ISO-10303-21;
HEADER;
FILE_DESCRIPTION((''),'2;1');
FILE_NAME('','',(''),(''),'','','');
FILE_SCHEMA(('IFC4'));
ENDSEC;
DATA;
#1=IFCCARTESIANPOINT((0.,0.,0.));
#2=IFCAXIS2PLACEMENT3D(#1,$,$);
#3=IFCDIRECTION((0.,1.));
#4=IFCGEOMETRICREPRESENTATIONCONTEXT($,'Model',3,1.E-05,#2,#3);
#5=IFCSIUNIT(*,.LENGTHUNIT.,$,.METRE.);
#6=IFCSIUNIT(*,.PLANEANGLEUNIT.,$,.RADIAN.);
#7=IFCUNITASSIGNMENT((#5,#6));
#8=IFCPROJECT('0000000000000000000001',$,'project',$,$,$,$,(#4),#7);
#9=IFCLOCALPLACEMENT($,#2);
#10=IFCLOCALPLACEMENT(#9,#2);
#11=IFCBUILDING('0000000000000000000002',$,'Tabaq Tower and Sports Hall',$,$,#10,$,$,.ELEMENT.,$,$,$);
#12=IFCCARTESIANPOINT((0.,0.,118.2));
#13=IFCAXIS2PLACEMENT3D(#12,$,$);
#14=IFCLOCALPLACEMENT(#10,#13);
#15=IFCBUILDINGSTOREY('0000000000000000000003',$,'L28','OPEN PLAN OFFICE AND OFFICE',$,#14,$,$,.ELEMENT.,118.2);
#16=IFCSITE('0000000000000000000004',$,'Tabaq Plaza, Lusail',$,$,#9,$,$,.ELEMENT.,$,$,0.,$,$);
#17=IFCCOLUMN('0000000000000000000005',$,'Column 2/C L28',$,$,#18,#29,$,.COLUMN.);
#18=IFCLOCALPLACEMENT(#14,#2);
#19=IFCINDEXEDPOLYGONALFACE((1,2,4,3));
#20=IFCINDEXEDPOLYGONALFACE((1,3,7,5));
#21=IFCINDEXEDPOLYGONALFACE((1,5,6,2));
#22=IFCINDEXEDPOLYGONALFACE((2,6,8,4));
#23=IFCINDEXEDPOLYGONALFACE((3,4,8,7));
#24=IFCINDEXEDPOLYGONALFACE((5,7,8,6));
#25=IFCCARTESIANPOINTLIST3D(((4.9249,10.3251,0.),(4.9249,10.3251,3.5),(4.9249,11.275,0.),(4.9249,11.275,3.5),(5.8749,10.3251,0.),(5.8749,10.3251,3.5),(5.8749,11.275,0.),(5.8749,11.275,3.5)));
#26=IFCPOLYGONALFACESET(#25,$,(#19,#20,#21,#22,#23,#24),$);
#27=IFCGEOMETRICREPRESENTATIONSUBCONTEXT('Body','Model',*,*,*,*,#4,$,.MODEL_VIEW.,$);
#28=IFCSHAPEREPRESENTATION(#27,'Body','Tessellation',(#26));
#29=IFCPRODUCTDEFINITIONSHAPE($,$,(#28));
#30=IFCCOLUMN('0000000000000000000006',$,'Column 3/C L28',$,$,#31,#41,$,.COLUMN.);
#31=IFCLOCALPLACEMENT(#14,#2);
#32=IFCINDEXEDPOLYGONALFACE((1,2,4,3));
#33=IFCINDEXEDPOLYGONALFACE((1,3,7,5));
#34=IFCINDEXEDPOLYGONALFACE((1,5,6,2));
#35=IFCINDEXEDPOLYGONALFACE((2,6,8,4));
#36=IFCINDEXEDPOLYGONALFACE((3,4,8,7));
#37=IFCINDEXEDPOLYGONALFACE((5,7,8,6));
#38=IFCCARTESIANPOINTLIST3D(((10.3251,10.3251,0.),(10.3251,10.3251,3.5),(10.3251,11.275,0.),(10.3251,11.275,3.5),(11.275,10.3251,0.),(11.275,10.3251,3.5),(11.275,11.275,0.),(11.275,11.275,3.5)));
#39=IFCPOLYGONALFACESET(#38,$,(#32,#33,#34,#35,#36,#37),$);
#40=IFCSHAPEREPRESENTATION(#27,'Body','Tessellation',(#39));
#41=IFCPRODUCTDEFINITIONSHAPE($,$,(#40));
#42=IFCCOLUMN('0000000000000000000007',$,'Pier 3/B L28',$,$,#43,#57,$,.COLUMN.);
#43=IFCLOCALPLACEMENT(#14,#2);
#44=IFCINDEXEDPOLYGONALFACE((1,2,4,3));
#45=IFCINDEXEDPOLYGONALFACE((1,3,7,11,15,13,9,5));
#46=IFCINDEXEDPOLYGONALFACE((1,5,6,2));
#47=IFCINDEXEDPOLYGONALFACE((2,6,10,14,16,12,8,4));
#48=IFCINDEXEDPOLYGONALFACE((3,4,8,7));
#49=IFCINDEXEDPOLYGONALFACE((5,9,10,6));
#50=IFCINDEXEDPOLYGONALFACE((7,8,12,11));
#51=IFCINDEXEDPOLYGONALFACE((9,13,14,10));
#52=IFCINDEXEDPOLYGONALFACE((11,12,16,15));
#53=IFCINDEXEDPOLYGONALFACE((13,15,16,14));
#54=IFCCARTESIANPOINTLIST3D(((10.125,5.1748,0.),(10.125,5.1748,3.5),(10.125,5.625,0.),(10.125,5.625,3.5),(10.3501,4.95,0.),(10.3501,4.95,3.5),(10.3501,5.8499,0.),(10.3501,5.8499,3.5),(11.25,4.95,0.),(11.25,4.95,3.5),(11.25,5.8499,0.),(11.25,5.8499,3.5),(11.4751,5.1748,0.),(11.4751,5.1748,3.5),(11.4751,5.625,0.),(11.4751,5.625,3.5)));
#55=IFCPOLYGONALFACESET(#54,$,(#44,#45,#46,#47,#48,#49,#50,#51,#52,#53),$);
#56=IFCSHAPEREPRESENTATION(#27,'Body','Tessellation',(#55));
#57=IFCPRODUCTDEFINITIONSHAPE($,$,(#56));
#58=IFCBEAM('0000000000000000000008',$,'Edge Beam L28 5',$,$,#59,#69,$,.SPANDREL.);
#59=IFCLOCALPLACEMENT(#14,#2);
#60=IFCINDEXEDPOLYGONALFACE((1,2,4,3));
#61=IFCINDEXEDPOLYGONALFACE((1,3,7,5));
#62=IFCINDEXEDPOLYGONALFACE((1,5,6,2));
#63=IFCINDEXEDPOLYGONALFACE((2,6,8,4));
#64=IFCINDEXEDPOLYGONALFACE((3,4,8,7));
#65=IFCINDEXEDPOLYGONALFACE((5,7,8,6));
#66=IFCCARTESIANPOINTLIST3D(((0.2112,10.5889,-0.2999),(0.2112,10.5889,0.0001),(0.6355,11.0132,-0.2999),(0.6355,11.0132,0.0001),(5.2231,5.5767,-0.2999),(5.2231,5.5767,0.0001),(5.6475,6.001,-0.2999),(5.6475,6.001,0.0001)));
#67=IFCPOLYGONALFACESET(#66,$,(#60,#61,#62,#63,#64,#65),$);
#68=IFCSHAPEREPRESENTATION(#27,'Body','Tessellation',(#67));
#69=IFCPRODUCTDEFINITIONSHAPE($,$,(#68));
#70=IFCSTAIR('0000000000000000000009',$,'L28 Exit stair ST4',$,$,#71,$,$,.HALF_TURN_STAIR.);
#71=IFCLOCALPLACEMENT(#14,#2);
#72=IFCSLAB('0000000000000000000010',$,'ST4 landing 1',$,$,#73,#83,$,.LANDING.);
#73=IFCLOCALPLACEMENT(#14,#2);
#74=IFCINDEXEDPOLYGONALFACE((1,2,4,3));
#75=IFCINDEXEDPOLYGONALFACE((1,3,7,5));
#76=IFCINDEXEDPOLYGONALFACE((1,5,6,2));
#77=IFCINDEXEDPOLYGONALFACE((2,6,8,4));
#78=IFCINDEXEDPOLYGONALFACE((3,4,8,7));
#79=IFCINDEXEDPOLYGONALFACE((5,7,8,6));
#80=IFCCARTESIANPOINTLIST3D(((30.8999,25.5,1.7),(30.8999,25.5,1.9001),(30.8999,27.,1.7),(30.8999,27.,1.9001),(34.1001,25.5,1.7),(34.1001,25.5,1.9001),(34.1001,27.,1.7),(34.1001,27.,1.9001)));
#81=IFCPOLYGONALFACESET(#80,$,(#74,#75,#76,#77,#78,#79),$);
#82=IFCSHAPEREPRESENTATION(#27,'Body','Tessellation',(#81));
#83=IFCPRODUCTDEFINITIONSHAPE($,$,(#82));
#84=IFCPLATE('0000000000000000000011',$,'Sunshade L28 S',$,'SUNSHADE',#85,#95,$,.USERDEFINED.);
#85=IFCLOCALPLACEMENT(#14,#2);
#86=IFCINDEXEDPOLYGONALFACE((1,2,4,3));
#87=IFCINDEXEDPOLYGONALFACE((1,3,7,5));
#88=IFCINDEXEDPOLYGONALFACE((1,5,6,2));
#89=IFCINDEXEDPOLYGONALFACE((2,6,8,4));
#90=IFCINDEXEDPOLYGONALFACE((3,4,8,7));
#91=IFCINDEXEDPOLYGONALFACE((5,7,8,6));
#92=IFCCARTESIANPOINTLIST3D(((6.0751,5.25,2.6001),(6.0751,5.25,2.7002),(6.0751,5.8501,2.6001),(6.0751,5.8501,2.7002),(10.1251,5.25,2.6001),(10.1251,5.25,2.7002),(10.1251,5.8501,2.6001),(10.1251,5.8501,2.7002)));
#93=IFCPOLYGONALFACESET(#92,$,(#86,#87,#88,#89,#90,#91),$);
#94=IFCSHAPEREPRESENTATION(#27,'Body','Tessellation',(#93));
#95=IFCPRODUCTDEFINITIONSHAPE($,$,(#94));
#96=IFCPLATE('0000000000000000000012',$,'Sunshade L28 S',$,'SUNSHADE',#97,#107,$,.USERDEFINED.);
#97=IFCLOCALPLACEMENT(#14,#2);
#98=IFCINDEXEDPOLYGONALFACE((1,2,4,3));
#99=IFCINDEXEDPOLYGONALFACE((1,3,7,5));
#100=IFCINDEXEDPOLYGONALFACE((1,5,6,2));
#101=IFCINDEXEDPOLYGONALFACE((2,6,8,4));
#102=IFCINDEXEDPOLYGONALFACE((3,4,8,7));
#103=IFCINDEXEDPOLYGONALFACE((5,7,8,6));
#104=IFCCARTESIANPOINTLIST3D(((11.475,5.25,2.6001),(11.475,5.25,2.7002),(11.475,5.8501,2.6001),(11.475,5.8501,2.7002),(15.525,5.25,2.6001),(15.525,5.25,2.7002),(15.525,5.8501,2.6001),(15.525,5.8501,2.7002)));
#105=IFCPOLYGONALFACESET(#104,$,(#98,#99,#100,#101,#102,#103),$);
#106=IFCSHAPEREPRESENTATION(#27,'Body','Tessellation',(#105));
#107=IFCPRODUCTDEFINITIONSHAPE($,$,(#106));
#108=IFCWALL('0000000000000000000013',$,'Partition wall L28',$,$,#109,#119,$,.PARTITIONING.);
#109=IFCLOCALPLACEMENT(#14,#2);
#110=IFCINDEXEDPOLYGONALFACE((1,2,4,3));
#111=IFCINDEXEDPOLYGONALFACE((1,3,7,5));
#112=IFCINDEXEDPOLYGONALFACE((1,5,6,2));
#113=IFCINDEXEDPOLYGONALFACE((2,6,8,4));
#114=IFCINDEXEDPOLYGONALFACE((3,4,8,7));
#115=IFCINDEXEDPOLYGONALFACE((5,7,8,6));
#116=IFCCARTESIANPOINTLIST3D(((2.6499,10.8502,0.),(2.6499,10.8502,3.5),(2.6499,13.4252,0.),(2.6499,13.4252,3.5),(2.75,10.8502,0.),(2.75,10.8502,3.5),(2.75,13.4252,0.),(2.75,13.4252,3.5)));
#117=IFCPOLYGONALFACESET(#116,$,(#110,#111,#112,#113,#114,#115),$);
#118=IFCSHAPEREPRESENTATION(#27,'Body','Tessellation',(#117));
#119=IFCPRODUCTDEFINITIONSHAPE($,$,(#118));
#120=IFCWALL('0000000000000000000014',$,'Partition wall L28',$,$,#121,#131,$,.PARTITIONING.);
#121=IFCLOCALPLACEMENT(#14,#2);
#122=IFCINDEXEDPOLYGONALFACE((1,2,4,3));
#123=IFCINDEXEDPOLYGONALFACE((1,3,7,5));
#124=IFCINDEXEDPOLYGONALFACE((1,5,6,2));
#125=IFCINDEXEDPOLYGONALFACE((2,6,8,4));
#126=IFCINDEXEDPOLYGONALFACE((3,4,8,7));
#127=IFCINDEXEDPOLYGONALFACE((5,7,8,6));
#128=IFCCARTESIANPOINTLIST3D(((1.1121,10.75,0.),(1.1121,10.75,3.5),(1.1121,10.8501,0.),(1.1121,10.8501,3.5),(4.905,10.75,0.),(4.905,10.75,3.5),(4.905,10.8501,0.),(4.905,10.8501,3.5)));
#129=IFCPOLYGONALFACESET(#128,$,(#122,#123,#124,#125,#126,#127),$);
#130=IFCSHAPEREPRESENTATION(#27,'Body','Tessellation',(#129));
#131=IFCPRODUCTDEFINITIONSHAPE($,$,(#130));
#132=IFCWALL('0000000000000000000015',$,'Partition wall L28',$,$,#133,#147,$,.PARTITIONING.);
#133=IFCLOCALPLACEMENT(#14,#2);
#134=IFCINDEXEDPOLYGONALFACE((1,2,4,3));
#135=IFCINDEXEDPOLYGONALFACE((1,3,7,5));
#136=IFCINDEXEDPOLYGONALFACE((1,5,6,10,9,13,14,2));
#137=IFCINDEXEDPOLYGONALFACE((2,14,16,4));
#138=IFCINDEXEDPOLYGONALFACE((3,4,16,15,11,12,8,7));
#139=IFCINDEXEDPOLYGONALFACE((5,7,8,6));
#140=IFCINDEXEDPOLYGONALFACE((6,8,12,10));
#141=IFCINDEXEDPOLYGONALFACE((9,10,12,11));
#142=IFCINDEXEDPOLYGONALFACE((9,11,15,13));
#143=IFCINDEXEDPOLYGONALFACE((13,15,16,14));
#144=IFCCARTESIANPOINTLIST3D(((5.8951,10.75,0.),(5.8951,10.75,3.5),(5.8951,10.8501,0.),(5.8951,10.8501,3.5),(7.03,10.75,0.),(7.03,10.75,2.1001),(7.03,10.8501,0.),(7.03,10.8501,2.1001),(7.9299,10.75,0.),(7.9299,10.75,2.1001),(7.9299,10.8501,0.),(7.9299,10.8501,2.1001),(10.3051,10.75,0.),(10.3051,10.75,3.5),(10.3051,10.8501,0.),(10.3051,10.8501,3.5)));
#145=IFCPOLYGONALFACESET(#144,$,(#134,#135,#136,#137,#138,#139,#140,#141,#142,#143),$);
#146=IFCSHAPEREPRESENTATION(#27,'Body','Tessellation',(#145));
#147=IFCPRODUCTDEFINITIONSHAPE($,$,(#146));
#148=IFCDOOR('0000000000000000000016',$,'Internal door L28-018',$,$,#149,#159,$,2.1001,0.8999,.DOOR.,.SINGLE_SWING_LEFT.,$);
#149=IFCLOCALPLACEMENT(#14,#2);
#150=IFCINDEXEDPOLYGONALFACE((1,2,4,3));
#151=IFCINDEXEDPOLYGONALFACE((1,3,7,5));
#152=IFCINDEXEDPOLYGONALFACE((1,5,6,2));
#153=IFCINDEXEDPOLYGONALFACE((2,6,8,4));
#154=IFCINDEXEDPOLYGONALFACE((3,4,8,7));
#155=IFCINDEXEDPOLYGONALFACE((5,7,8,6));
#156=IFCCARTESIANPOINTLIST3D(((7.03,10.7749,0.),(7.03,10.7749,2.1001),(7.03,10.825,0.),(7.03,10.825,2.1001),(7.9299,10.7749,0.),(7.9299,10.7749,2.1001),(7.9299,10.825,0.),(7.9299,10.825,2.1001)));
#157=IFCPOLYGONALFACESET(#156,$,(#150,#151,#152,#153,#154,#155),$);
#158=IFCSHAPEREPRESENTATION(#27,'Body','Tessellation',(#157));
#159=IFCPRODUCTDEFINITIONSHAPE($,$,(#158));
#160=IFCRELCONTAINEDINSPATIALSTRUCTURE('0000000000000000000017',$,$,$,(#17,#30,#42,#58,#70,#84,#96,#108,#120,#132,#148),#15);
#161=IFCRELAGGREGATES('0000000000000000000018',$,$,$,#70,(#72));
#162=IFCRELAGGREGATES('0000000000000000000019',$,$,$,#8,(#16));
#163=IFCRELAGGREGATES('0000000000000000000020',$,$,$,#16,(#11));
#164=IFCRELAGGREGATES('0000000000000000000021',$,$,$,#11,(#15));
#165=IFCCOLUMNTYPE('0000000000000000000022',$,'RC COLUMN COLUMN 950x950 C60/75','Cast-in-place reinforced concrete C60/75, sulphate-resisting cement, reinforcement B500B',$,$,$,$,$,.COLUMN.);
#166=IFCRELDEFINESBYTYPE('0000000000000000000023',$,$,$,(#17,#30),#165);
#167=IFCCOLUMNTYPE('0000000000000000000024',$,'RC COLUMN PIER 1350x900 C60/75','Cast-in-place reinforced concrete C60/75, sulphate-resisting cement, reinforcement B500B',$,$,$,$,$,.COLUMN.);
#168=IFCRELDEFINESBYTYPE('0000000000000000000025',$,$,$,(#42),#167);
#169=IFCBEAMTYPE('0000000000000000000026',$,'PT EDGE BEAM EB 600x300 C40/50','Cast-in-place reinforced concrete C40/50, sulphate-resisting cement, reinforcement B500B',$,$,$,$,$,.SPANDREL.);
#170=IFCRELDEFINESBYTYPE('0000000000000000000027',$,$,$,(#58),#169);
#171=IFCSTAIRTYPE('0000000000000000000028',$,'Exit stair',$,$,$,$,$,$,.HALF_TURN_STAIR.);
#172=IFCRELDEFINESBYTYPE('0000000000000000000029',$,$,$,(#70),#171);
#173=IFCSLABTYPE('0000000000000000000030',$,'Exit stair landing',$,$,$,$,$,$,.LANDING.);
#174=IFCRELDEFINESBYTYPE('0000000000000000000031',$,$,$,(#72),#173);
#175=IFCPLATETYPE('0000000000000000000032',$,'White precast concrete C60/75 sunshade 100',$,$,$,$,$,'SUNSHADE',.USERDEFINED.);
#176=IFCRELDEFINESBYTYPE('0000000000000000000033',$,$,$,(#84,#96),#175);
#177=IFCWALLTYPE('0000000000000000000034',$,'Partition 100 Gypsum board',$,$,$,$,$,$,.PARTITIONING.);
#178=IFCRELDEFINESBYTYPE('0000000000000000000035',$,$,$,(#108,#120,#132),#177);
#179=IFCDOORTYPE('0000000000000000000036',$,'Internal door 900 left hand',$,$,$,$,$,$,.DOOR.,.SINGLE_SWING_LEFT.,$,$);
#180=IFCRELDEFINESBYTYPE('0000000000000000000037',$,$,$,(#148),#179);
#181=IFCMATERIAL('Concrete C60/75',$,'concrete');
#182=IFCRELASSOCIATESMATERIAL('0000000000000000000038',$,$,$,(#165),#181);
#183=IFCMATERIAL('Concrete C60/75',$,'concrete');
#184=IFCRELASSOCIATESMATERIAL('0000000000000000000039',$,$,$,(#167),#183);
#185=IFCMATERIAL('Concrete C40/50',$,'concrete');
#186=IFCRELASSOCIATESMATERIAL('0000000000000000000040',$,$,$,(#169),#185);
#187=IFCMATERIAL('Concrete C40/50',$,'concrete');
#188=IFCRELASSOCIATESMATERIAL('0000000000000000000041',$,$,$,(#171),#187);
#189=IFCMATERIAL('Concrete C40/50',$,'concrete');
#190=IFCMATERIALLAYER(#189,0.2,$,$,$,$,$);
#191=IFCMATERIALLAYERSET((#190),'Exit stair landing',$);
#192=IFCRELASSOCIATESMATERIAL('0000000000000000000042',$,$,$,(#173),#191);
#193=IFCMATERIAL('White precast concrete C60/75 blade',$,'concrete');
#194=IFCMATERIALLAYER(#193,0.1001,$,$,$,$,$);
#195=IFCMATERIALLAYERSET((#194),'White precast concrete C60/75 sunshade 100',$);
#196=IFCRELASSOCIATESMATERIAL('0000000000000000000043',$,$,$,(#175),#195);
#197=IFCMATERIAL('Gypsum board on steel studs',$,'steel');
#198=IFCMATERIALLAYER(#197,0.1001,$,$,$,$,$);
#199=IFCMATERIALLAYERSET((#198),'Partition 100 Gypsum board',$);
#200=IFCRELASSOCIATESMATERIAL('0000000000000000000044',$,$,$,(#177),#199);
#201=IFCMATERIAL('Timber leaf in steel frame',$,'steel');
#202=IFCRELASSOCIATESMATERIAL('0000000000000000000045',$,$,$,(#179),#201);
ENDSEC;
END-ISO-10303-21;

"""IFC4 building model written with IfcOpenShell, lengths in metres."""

from ifc_helpers import new_model, si_unit, direction, frame, frame_2d, origin, origin_2d, place, context, subcontext, project, spatial, polyline, rectangle, outline, extrude, material, layer, layer_set, material_profile, profile_set, type_object, element, fill, aggregate, save


model = new_model("IFC4")

# Units and contexts
model_context = context("Model", 3, precision=1e-05, world=origin(), true_north=direction((0.0, 1.0)))
body_context = subcontext(model_context, "Body", "Model", "MODEL_VIEW")
ifc_project = project(units=[si_unit("LENGTHUNIT", "METRE"), si_unit("PLANEANGLEUNIT", "RADIAN")], contexts=[model_context])

# Site, building, storey
site_placement = place(None, origin())
site = spatial("IfcSite", under=ifc_project, at=site_placement, Name="Tabaq Plaza, Lusail", CompositionType="ELEMENT", RefElevation=0.0)
building_placement = place(site_placement, origin())
building = spatial("IfcBuilding", under=site, at=building_placement, Name="Tabaq Tower and Sports Hall", CompositionType="ELEMENT")
storey_placement = place(building_placement, frame((0.0, 0.0, 118.2)))
storey = spatial("IfcBuildingStorey", under=building, at=storey_placement, Name="L28", Description="OPEN PLAN OFFICE AND OFFICE", CompositionType="ELEMENT", Elevation=118.2)

# Columns
ifc_material_1 = material(Name="Concrete C60/75", Category="concrete")
ifc_material_profile_1 = material_profile(ifc_material_1, rectangle(XDim=0.95, YDim=0.95, at=origin_2d()), Name="COLUMN 950x950")
ifc_profile_set_1 = profile_set([ifc_material_profile_1], Name="Concrete C60/75")
column_type_1 = type_object("IfcColumnType", Name="RC COLUMN COLUMN 950x950 C60/75", Description="Cast-in-place reinforced concrete C60/75, sulphate-resisting cement, reinforcement B500B", PredefinedType="COLUMN", material=ifc_profile_set_1)
for number, where, z_axis, x_axis, name in (
    (1, (5.3999, 10.8, 0.0), (0.0, 0.0, 1.0), (1.0, 0.0, 0.0), "Column 2/C L28"),
    (2, (10.8, 10.8, 0.0), (0.0, 0.0, 1.0), (1.0, 0.0, 0.0), "Column 3/C L28"),
):
    element("IfcColumn", number, at=place(storey_placement, frame(where, z_axis=z_axis, x_axis=x_axis)), inside=storey, type_object=column_type_1, Name=name, PredefinedType="COLUMN", context=body_context, shape_type="SweptSolid", body=[
        extrude(rectangle(XDim=0.95, YDim=0.95, at=origin_2d()), origin(), (0.0, 0.0, 1.0), 3.5),
    ])
ifc_material_2 = material(Name="Concrete C60/75", Category="concrete")
ifc_material_profile_2 = material_profile(ifc_material_2, outline(polyline([(-0.45, -0.45), (0.45, -0.45), (0.675, -0.2251), (0.675, 0.2251), (0.45, 0.45), (-0.45, 0.45), (-0.675, 0.2251), (-0.675, -0.2251), (-0.45, -0.45)])), Name="PIER 1350x900")
ifc_profile_set_2 = profile_set([ifc_material_profile_2], Name="Concrete C60/75")
column_type_2 = type_object("IfcColumnType", Name="RC COLUMN PIER 1350x900 C60/75", Description="Cast-in-place reinforced concrete C60/75, sulphate-resisting cement, reinforcement B500B", PredefinedType="COLUMN", material=ifc_profile_set_2)
column_placement = place(storey_placement, frame((10.8, 5.3999, 0.0), z_axis=(0.0, 0.0, 1.0), x_axis=(1.0, 0.0, 0.0)))
element("IfcColumn", 3, at=column_placement, inside=storey, type_object=column_type_2, Name="Pier 3/B L28", PredefinedType="COLUMN", context=body_context, shape_type="SweptSolid", body=[
    extrude(outline(polyline([(-0.45, -0.45), (0.45, -0.45), (0.675, -0.2251), (0.675, 0.2251), (0.45, 0.45), (-0.45, 0.45), (-0.675, 0.2251), (-0.675, -0.2251), (-0.45, -0.45)])), origin(), (0.0, 0.0, 1.0), 3.5),
])

# Beam
ifc_material_3 = material(Name="Concrete C40/50", Category="concrete")
ifc_material_profile_3 = material_profile(ifc_material_3, rectangle(XDim=0.6001, YDim=0.3, at=origin_2d()), Name="EB 600x300")
ifc_profile_set_3 = profile_set([ifc_material_profile_3], Name="Concrete C40/50")
beam_type = type_object("IfcBeamType", Name="PT EDGE BEAM EB 600x300 C40/50", Description="Cast-in-place reinforced concrete C40/50, sulphate-resisting cement, reinforcement B500B", PredefinedType="SPANDREL", material=ifc_profile_set_3)
beam_placement = place(storey_placement, frame((0.4233, 10.801, -0.1499), z_axis=(0.70709, -0.707124, 0.0), x_axis=(0.707124, 0.70709, 0.0)))
element("IfcBeam", 4, at=beam_placement, inside=storey, type_object=beam_type, Name="Edge Beam L28 5", PredefinedType="SPANDREL", context=body_context, shape_type="SweptSolid", body=[
    extrude(rectangle(XDim=0.6001, YDim=0.3, at=origin_2d()), origin(), (0.0, 0.0, 1.0), 7.0881),
])

# Stair, slab
ifc_material_4 = material(Name="Concrete C40/50", Category="concrete")
stair_type = type_object("IfcStairType", Name="Exit stair", PredefinedType="HALF_TURN_STAIR", material=ifc_material_4)
stair_placement = place(storey_placement, origin())
stair = element("IfcStair", 5, at=stair_placement, inside=storey, type_object=stair_type, Name="L28 Exit stair ST4", PredefinedType="HALF_TURN_STAIR")
ifc_material_5 = material(Name="Concrete C40/50", Category="concrete")
ifc_layer_1 = layer(ifc_material_5, 0.2)
ifc_layer_set_1 = layer_set([ifc_layer_1], Name="Exit stair landing")
slab_type = type_object("IfcSlabType", Name="Exit stair landing", PredefinedType="LANDING", material=ifc_layer_set_1)
slab_placement = place(storey_placement, frame((0.0, 0.0, 1.7)))
slab = element("IfcSlab", 6, at=slab_placement, type_object=slab_type, Name="ST4 landing 1", PredefinedType="LANDING", context=body_context, shape_type="SweptSolid", body=[
    extrude(outline(polyline([(30.8999, 27.0), (30.8999, 25.5), (34.1001, 25.5), (34.1001, 27.0), (30.8999, 27.0)])), origin(), (0.0, 0.0, 1.0), 0.2002),
])
aggregate(stair, [slab])

# Plates
ifc_material_6 = material(Name="White precast concrete C60/75 blade", Category="concrete")
ifc_layer_2 = layer(ifc_material_6, 0.1001)
ifc_layer_set_2 = layer_set([ifc_layer_2], Name="White precast concrete C60/75 sunshade 100")
plate_type = type_object("IfcPlateType", Name="White precast concrete C60/75 sunshade 100", ElementType="SUNSHADE", PredefinedType="USERDEFINED", material=ifc_layer_set_2)
for number, where, z_axis, x_axis, name in (
    (7, (8.1001, 5.55, 2.6001), (0.0, 0.0, 1.0), (1.0, 0.0, 0.0), "Sunshade L28 S"),
    (8, (13.5, 5.55, 2.6001), (0.0, 0.0, 1.0), (1.0, 0.0, 0.0), "Sunshade L28 S"),
):
    element("IfcPlate", number, at=place(storey_placement, frame(where, z_axis=z_axis, x_axis=x_axis)), inside=storey, type_object=plate_type, Name=name, ObjectType="SUNSHADE", PredefinedType="USERDEFINED", context=body_context, shape_type="SweptSolid", body=[
        extrude(rectangle(XDim=4.05, YDim=0.6001, at=origin_2d()), origin(), (0.0, 0.0, 1.0), 0.1001),
    ])

# Walls
ifc_material_7 = material(Name="Gypsum board on steel studs", Category="steel")
ifc_layer_3 = layer(ifc_material_7, 0.1001)
ifc_layer_set_3 = layer_set([ifc_layer_3], Name="Partition 100 Gypsum board")
wall_type_1 = type_object("IfcWallType", Name="Partition 100 Gypsum board", PredefinedType="PARTITIONING", material=ifc_layer_set_3)
wall_1_placement = place(storey_placement, frame((2.7, 10.8501, 0.0), z_axis=(0.0, 0.0, 1.0), x_axis=(0.0, 1.0, 0.0)))
element("IfcWall", 9, at=wall_1_placement, inside=storey, type_object=wall_type_1, Name="Partition wall L28", PredefinedType="PARTITIONING", context=body_context, shape_type="SweptSolid", body=[
    extrude(rectangle(XDim=2.575, YDim=0.1001, at=frame_2d((1.2876, 0.0))), origin(), (0.0, 0.0, 1.0), 3.5),
])
wall_2_placement = place(storey_placement, frame((1.1121, 10.8, 0.0), z_axis=(0.0, 0.0, 1.0), x_axis=(1.0, 0.0, 0.0)))
element("IfcWall", 10, at=wall_2_placement, inside=storey, type_object=wall_type_1, Name="Partition wall L28", PredefinedType="PARTITIONING", context=body_context, shape_type="SweptSolid", body=[
    extrude(rectangle(XDim=3.793, YDim=0.1001, at=frame_2d((1.8965, 0.0))), origin(), (0.0, 0.0, 1.0), 3.5),
])

# Wall, opening, door
wall_3_placement = place(storey_placement, frame((5.895, 10.8, 0.0), z_axis=(0.0, 0.0, 1.0), x_axis=(1.0, 0.0, 0.0)))
wall_3 = element("IfcWall", 11, at=wall_3_placement, inside=storey, type_object=wall_type_1, Name="Partition wall L28", PredefinedType="PARTITIONING", context=body_context, shape_type="SweptSolid", body=[
    extrude(rectangle(XDim=4.4099, YDim=0.1001, at=frame_2d((2.2051, 0.0))), origin(), (0.0, 0.0, 1.0), 3.5),
])
opening_1_placement = place(wall_3_placement, frame((1.135, 0.0, 0.0)))
opening_1 = element("IfcOpeningElement", 12, at=opening_1_placement, cuts=wall_3, PredefinedType="OPENING", context=body_context, shape_type="SweptSolid", body=[
    extrude(rectangle(XDim=0.8999, YDim=2.1001, at=frame_2d((0.45, 1.05))), frame((0.0, 0.05, 0.0), z_axis=(0.0, -1.0, 0.0), x_axis=(1.0, 0.0, 0.0)), (0.0, 0.0, 1.0), 0.1001),
])
ifc_material_8 = material(Name="Timber leaf in steel frame", Category="steel")
door_type = type_object("IfcDoorType", Name="Internal door 900 left hand", OperationType="SINGLE_SWING_LEFT", PredefinedType="DOOR", material=ifc_material_8)
door_1_placement = place(opening_1_placement, origin())
door_1 = element("IfcDoor", 13, at=door_1_placement, inside=storey, type_object=door_type, Name="Internal door L28-018", OperationType="SINGLE_SWING_LEFT", OverallHeight=2.1001, OverallWidth=0.8999, PredefinedType="DOOR", context=body_context, shape_type="SweptSolid", body=[
    extrude(rectangle(XDim=0.8999, YDim=2.1001, at=frame_2d((0.45, 1.05))), frame((0.0, 0.0249, 0.0), z_axis=(0.0, -1.0, 0.0), x_axis=(1.0, 0.0, 0.0)), (0.0, 0.0, 1.0), 0.05),
])
fill(opening_1, door_1)

save(model, "model.ifc")
